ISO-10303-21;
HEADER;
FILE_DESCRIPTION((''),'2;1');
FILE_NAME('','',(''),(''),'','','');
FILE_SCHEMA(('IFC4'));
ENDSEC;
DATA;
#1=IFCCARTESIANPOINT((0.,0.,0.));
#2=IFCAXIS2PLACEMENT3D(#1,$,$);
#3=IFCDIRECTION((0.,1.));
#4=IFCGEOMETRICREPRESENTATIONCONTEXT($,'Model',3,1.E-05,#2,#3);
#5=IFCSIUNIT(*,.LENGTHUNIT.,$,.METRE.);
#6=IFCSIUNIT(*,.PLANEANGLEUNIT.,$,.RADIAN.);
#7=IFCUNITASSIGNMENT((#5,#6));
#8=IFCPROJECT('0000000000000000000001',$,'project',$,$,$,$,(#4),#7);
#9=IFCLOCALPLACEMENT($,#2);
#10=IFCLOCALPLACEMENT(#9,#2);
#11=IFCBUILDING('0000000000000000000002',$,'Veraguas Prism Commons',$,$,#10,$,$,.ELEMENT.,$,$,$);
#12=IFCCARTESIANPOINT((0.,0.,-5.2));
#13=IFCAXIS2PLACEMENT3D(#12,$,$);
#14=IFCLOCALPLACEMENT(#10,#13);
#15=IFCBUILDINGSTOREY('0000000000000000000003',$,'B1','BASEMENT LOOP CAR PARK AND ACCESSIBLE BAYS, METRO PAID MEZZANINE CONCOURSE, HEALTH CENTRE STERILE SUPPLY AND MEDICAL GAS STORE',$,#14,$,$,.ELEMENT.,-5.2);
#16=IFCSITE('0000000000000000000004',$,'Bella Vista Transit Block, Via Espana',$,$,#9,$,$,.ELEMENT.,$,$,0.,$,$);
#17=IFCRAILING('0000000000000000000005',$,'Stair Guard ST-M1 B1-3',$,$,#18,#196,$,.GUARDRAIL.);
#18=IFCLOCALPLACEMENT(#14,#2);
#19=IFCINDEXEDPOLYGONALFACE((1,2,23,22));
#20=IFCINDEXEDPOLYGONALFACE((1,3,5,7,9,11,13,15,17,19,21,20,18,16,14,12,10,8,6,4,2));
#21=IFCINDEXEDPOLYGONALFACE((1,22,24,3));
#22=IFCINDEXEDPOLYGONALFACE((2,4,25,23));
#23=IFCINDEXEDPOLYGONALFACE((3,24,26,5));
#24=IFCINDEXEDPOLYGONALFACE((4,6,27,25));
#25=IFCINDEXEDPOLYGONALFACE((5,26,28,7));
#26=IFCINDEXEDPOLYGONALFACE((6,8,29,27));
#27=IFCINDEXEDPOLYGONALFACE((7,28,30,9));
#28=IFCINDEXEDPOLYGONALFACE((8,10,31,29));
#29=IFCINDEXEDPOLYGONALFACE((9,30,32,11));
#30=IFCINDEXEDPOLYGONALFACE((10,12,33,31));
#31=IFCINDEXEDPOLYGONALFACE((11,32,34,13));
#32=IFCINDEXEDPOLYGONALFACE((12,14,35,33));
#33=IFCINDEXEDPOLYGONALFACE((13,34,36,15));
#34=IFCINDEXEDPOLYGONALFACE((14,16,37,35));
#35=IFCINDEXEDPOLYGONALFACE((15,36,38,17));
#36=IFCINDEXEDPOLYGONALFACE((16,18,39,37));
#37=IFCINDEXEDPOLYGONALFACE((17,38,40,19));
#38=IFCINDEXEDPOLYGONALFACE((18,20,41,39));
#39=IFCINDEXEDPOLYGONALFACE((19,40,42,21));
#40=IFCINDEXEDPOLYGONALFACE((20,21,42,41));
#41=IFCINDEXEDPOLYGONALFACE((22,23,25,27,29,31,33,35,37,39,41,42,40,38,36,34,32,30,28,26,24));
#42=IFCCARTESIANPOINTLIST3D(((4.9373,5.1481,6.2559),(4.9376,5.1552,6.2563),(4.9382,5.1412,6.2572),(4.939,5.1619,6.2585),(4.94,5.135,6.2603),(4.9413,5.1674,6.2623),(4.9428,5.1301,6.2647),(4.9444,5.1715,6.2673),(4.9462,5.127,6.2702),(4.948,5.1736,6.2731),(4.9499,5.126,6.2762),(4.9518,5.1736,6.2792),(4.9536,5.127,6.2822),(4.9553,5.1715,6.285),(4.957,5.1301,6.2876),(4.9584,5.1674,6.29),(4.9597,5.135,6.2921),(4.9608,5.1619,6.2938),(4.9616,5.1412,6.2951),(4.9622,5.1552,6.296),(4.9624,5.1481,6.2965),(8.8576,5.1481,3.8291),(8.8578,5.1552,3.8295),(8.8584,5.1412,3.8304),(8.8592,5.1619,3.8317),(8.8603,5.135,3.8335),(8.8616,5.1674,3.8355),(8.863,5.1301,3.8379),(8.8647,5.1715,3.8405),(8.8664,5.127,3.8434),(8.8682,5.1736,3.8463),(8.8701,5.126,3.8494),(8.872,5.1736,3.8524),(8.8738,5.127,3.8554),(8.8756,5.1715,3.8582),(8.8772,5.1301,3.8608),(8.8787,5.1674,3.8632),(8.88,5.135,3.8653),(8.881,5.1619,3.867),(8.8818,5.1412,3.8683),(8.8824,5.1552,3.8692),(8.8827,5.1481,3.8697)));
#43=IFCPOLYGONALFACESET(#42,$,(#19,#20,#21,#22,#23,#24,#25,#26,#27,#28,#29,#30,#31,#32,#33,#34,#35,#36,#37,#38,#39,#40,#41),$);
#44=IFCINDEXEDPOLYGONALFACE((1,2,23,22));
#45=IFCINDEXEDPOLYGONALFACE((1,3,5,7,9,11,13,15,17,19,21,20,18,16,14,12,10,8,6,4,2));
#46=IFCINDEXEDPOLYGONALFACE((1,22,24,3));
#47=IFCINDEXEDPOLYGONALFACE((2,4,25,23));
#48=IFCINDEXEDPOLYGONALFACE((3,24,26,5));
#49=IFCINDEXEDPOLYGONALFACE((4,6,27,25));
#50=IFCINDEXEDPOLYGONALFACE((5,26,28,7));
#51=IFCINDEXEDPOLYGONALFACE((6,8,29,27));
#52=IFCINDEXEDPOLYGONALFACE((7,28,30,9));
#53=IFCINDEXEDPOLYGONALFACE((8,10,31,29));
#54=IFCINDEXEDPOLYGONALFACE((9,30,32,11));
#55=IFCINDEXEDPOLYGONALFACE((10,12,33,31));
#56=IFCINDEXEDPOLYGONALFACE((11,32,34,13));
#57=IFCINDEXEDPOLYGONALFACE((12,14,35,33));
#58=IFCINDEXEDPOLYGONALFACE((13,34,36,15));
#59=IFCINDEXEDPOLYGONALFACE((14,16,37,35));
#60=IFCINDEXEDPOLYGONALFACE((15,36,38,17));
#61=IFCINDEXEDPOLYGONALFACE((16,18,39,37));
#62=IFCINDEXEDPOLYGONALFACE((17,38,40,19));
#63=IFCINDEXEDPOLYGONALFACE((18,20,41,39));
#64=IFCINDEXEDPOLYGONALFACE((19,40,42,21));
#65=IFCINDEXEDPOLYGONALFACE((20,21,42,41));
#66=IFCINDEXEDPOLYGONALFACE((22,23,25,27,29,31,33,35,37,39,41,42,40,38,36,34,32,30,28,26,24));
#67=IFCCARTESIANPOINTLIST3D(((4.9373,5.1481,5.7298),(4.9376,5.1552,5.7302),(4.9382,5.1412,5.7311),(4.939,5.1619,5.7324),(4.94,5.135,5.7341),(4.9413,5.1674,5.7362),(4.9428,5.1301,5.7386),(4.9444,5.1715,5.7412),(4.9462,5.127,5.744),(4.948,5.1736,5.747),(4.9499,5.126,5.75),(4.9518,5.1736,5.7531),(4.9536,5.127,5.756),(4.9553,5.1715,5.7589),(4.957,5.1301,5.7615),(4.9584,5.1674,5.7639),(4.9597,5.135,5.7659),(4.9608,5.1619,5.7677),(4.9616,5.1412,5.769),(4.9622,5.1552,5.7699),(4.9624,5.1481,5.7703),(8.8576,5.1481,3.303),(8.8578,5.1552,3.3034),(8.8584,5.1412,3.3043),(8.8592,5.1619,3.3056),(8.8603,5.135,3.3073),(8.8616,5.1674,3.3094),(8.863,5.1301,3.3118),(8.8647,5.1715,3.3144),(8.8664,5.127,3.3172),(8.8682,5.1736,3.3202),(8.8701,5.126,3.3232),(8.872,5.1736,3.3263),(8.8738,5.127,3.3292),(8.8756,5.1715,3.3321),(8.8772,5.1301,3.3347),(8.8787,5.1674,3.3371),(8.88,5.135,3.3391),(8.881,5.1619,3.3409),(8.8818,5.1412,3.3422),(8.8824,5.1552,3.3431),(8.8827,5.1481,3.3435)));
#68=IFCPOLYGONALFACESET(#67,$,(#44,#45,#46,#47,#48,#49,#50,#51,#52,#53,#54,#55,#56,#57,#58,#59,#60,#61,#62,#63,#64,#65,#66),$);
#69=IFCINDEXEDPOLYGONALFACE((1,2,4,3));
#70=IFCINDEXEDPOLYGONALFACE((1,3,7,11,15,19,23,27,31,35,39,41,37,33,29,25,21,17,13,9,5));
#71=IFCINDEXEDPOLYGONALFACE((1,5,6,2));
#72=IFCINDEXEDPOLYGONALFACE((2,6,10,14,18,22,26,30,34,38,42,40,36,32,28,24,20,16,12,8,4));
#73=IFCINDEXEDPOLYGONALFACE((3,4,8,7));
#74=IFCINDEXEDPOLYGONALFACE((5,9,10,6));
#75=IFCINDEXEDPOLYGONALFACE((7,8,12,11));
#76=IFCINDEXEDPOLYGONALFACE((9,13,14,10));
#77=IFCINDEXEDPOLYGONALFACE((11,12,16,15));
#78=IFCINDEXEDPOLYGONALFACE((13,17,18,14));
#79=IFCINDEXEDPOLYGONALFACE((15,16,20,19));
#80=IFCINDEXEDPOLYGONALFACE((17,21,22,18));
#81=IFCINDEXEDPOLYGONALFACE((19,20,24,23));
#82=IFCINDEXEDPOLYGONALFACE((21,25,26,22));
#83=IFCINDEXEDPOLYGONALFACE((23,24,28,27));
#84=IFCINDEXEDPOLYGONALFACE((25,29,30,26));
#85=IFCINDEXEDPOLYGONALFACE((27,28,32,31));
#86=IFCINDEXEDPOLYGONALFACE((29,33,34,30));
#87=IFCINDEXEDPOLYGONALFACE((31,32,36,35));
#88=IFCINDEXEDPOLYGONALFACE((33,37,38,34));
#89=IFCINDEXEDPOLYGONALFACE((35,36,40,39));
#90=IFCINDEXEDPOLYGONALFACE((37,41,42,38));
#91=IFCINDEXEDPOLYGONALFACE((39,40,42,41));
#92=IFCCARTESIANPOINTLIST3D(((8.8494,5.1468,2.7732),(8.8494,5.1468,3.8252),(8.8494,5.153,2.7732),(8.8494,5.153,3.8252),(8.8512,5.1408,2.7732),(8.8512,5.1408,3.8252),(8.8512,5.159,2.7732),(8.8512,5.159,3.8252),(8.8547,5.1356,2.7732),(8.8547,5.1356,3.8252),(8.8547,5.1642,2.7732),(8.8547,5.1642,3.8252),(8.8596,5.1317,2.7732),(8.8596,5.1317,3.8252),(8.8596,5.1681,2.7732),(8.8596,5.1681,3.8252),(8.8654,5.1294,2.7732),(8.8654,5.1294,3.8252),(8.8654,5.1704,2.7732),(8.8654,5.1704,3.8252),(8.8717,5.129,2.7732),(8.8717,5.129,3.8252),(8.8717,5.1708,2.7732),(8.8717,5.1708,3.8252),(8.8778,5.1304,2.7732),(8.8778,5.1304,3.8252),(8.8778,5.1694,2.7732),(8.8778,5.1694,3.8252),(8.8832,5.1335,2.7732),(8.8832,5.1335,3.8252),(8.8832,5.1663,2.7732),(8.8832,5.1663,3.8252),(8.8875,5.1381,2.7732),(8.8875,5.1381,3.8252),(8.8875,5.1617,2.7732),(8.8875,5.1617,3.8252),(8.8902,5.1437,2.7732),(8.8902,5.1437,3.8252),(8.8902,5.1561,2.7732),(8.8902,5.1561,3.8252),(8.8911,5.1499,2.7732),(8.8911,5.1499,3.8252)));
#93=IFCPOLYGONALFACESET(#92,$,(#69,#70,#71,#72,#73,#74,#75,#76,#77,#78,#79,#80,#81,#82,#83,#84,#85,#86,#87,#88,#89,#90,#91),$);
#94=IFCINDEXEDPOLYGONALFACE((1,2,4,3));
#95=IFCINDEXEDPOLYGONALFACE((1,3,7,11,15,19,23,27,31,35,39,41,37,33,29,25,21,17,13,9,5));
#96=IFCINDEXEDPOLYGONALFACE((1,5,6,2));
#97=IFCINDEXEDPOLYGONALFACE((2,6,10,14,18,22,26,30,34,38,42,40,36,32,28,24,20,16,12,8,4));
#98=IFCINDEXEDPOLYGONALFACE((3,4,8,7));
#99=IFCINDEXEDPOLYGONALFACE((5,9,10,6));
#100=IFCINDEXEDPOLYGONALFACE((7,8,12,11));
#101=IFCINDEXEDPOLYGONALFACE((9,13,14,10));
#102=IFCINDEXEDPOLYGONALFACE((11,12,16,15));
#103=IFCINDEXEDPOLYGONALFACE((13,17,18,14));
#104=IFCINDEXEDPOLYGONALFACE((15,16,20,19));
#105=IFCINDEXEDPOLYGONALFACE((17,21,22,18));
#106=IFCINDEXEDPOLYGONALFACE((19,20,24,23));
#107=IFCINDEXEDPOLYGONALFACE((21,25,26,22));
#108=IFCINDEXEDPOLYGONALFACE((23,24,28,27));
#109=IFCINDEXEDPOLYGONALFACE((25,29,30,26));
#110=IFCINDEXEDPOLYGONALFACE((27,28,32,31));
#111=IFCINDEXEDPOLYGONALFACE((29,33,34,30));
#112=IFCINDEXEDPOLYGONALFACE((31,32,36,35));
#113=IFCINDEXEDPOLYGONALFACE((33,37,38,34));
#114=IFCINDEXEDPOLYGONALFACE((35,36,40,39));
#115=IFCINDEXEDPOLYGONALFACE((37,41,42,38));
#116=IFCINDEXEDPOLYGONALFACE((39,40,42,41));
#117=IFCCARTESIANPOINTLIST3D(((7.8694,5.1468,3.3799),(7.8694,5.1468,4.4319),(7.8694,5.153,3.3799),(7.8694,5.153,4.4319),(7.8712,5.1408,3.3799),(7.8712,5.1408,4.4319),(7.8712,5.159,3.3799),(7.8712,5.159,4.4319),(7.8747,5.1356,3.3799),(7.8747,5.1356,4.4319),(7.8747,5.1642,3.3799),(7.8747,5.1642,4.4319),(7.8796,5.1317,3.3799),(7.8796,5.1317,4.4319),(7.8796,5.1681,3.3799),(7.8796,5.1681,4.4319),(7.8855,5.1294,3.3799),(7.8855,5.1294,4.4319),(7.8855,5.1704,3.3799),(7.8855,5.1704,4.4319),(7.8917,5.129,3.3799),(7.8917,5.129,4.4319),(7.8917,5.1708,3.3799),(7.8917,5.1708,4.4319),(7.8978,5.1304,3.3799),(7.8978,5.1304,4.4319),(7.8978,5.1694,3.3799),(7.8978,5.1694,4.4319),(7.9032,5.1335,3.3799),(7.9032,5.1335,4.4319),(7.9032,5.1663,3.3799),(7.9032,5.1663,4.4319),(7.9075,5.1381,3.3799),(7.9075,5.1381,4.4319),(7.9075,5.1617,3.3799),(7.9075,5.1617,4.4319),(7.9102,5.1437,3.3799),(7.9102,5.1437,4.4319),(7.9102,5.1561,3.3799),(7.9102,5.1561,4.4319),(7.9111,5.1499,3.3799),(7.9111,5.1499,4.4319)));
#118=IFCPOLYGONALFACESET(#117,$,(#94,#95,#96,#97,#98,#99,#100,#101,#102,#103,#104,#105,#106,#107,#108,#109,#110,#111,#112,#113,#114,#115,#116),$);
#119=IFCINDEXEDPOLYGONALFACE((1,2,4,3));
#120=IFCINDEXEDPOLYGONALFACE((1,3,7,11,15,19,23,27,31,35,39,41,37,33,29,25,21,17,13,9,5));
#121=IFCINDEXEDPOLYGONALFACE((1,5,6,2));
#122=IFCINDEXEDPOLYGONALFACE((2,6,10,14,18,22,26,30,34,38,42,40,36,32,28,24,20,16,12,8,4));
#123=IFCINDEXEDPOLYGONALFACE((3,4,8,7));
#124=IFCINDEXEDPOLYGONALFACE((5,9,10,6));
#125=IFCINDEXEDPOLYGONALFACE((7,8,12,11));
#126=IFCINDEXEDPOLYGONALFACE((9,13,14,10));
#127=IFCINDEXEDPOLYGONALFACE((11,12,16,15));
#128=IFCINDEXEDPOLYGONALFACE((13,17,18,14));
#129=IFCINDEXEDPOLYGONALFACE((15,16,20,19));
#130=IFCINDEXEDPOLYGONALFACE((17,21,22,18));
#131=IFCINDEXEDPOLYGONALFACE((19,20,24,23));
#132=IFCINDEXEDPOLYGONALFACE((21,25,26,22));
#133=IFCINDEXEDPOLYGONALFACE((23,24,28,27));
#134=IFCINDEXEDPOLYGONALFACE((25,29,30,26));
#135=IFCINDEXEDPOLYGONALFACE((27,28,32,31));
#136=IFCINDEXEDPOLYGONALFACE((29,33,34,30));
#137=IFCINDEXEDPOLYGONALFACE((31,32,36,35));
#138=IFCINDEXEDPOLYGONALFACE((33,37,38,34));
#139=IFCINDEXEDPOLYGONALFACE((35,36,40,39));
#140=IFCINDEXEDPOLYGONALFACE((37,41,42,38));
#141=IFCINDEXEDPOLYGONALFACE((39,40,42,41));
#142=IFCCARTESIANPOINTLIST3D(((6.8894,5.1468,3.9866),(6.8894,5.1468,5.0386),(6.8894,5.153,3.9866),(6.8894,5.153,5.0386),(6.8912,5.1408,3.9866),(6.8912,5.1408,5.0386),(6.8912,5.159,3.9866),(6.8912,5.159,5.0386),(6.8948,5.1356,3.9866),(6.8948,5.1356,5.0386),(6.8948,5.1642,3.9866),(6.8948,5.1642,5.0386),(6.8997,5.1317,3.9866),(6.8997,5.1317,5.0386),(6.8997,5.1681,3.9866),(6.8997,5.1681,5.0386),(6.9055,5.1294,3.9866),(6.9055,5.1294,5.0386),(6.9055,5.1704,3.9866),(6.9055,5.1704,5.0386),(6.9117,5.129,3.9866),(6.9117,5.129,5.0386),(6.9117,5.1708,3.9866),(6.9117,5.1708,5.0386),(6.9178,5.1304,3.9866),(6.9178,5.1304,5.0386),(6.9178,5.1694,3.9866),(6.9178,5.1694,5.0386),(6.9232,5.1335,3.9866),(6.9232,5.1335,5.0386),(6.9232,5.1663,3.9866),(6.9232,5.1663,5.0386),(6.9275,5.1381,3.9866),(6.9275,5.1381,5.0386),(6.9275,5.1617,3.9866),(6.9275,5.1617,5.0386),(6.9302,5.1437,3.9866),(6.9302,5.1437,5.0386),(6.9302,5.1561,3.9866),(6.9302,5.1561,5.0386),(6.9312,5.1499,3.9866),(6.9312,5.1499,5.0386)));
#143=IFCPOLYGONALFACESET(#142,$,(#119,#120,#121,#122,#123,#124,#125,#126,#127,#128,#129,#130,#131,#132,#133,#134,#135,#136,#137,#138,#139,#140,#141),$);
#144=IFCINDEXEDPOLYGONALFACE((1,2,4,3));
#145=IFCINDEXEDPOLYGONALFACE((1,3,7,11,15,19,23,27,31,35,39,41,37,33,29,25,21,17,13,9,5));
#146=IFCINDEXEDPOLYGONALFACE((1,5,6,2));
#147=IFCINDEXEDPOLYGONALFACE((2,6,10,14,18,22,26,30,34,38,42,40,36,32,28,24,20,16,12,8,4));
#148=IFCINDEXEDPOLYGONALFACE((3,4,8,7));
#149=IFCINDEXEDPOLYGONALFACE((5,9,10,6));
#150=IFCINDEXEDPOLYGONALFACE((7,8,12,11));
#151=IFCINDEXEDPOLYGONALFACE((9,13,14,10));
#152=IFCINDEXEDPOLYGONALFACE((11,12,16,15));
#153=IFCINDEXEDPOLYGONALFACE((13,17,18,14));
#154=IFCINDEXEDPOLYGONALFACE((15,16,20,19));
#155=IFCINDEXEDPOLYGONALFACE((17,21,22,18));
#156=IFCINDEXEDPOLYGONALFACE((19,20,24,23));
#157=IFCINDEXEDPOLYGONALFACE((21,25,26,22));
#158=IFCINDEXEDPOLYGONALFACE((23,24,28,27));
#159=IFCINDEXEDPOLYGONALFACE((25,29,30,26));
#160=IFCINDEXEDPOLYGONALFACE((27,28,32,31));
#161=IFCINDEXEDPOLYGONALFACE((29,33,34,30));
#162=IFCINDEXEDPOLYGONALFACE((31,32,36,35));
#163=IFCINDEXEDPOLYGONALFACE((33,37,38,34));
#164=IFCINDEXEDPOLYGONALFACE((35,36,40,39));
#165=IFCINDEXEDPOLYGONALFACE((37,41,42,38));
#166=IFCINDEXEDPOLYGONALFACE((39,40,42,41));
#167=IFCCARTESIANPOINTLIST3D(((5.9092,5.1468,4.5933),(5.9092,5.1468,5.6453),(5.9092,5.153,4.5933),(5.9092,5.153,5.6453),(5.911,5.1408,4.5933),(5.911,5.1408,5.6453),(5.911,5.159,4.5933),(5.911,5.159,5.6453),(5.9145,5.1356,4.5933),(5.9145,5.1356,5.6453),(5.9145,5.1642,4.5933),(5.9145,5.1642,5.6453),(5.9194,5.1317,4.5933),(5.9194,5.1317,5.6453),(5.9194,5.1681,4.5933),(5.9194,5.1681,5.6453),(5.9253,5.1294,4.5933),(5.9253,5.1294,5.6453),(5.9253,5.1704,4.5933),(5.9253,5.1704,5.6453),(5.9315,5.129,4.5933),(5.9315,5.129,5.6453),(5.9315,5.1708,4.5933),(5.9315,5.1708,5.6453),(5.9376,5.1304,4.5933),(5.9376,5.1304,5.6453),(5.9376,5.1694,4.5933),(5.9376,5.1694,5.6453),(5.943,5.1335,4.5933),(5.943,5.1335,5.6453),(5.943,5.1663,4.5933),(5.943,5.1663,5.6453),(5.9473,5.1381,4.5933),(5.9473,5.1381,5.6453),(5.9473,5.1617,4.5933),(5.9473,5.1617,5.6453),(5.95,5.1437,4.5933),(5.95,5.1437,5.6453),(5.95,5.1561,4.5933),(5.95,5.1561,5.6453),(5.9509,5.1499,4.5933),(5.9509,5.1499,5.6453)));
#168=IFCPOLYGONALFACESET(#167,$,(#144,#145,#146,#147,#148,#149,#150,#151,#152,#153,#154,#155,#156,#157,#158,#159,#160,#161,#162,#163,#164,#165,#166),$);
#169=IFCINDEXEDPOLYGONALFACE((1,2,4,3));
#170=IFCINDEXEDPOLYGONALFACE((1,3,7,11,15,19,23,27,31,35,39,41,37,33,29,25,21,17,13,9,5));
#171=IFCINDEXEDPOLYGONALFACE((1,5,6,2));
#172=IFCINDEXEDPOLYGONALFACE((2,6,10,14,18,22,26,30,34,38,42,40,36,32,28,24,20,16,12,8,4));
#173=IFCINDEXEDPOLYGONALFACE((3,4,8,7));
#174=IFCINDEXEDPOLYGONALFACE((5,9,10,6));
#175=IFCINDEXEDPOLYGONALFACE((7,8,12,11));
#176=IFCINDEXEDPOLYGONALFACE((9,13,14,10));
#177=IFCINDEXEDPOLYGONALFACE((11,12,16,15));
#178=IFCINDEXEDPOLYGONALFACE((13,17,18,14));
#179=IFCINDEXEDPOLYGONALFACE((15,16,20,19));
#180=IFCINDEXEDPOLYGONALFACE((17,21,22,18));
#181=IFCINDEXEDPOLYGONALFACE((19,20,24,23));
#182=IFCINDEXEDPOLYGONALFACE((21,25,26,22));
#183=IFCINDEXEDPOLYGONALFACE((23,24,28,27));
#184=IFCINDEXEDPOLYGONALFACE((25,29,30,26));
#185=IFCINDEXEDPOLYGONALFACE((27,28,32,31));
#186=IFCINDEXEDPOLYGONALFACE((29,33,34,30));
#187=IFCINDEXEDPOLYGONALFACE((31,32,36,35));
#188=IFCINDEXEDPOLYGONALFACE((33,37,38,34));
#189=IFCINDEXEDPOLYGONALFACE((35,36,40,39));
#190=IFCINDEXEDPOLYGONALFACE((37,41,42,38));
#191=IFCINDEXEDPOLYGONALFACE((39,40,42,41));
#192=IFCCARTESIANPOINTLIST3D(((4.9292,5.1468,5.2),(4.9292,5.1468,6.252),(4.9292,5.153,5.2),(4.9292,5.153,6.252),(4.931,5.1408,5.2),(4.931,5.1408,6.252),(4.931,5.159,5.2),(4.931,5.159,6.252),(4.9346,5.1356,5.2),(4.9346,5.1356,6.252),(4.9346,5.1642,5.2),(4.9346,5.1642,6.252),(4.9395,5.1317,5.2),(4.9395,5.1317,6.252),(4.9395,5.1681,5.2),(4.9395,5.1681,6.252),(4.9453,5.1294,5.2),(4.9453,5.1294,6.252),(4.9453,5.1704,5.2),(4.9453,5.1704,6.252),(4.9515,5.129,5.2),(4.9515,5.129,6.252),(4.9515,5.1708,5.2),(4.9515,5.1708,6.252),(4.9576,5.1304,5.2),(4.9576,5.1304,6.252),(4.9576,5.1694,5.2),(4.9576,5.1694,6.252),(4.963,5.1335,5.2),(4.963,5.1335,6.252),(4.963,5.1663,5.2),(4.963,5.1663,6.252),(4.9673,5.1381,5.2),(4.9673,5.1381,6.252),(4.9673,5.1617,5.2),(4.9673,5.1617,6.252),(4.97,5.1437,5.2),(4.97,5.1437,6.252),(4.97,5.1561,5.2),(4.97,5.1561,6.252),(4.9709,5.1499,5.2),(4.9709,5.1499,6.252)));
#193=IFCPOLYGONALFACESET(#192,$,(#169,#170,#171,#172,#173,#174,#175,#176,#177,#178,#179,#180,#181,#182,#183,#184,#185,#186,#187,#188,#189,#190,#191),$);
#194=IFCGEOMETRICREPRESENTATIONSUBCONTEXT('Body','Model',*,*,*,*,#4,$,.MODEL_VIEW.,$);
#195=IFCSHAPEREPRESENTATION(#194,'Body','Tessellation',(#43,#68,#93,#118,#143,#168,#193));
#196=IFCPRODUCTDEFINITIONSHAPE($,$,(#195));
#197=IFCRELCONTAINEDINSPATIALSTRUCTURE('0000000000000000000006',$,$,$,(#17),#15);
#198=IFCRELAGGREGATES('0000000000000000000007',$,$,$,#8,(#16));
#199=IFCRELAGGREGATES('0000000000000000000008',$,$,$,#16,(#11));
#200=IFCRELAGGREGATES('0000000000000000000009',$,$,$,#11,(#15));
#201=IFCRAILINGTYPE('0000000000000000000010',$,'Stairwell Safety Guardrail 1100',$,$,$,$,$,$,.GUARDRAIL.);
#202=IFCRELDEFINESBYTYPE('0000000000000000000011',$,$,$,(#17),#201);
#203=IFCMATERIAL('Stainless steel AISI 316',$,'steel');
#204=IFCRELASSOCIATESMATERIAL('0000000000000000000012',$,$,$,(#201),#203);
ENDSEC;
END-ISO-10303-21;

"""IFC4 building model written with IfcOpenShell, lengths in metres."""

from ifc_helpers import new_model, si_unit, direction, frame, origin, origin_2d, place, context, subcontext, project, spatial, circle, extrude, material, type_object, element, save


model = new_model("IFC4")

# Units and contexts
model_context = context("Model", 3, precision=1e-05, world=origin(), true_north=direction((0.0, 1.0)))
body_context = subcontext(model_context, "Body", "Model", "MODEL_VIEW")
ifc_project = project(units=[si_unit("LENGTHUNIT", "METRE"), si_unit("PLANEANGLEUNIT", "RADIAN")], contexts=[model_context])

# Site, building, storey
site_placement = place(None, origin())
site = spatial("IfcSite", under=ifc_project, at=site_placement, Name="Bella Vista Transit Block, Via Espana", CompositionType="ELEMENT", RefElevation=0.0)
building_placement = place(site_placement, origin())
building = spatial("IfcBuilding", under=site, at=building_placement, Name="Veraguas Prism Commons", CompositionType="ELEMENT")
storey_placement = place(building_placement, frame((0.0, 0.0, -5.2)))
storey = spatial("IfcBuildingStorey", under=building, at=storey_placement, Name="B1", Description="BASEMENT LOOP CAR PARK AND ACCESSIBLE BAYS, METRO PAID MEZZANINE CONCOURSE, HEALTH CENTRE STERILE SUPPLY AND MEDICAL GAS STORE", CompositionType="ELEMENT", Elevation=-5.2)

# Shared definitions
ifc_material_1 = material(Name="Stainless steel AISI 316", Category="steel")

# Railing
railing_type_1 = type_object("IfcRailingType", Name="Stairwell Safety Guardrail 1100", PredefinedType="GUARDRAIL", material=ifc_material_1)
railing_1_placement = place(storey_placement, frame((8.8701, 5.1499, 2.7732)))
element("IfcRailing", 1, at=railing_1_placement, inside=storey, type_object=railing_type_1, Name="Stair Guard ST-M1 B1-3", PredefinedType="GUARDRAIL", context=body_context, shape_type="SweptSolid", body=[
    extrude(circle(Radius=0.0239, at=origin_2d()), frame((0.0, 0.0, 1.0762), z_axis=(-0.850266, 0.0, 0.526353), x_axis=(0.0, -1.0, 0.0)), (0.0, 0.0, 1.0), 4.6106),
    extrude(circle(Radius=0.0239, at=origin_2d()), frame((0.0, 0.0, 0.55), z_axis=(-0.850266, 0.0, 0.526353), x_axis=(0.0, -1.0, 0.0)), (0.0, 0.0, 1.0), 4.6106),
    extrude(circle(Radius=0.021, at=origin_2d()), origin(), (0.0, 0.0, 1.0), 1.052),
    extrude(circle(Radius=0.021, at=origin_2d()), frame((-0.98, 0.0, 0.6067)), (0.0, 0.0, 1.0), 1.052),
    extrude(circle(Radius=0.021, at=origin_2d()), frame((-1.96, 0.0, 1.2134)), (0.0, 0.0, 1.0), 1.052),
    extrude(circle(Radius=0.021, at=origin_2d()), frame((-2.9402, 0.0, 1.8201)), (0.0, 0.0, 1.0), 1.052),
    extrude(circle(Radius=0.021, at=origin_2d()), frame((-3.9202, 0.0, 2.4268)), (0.0, 0.0, 1.0), 1.052),
])

save(model, "model.ifc")
